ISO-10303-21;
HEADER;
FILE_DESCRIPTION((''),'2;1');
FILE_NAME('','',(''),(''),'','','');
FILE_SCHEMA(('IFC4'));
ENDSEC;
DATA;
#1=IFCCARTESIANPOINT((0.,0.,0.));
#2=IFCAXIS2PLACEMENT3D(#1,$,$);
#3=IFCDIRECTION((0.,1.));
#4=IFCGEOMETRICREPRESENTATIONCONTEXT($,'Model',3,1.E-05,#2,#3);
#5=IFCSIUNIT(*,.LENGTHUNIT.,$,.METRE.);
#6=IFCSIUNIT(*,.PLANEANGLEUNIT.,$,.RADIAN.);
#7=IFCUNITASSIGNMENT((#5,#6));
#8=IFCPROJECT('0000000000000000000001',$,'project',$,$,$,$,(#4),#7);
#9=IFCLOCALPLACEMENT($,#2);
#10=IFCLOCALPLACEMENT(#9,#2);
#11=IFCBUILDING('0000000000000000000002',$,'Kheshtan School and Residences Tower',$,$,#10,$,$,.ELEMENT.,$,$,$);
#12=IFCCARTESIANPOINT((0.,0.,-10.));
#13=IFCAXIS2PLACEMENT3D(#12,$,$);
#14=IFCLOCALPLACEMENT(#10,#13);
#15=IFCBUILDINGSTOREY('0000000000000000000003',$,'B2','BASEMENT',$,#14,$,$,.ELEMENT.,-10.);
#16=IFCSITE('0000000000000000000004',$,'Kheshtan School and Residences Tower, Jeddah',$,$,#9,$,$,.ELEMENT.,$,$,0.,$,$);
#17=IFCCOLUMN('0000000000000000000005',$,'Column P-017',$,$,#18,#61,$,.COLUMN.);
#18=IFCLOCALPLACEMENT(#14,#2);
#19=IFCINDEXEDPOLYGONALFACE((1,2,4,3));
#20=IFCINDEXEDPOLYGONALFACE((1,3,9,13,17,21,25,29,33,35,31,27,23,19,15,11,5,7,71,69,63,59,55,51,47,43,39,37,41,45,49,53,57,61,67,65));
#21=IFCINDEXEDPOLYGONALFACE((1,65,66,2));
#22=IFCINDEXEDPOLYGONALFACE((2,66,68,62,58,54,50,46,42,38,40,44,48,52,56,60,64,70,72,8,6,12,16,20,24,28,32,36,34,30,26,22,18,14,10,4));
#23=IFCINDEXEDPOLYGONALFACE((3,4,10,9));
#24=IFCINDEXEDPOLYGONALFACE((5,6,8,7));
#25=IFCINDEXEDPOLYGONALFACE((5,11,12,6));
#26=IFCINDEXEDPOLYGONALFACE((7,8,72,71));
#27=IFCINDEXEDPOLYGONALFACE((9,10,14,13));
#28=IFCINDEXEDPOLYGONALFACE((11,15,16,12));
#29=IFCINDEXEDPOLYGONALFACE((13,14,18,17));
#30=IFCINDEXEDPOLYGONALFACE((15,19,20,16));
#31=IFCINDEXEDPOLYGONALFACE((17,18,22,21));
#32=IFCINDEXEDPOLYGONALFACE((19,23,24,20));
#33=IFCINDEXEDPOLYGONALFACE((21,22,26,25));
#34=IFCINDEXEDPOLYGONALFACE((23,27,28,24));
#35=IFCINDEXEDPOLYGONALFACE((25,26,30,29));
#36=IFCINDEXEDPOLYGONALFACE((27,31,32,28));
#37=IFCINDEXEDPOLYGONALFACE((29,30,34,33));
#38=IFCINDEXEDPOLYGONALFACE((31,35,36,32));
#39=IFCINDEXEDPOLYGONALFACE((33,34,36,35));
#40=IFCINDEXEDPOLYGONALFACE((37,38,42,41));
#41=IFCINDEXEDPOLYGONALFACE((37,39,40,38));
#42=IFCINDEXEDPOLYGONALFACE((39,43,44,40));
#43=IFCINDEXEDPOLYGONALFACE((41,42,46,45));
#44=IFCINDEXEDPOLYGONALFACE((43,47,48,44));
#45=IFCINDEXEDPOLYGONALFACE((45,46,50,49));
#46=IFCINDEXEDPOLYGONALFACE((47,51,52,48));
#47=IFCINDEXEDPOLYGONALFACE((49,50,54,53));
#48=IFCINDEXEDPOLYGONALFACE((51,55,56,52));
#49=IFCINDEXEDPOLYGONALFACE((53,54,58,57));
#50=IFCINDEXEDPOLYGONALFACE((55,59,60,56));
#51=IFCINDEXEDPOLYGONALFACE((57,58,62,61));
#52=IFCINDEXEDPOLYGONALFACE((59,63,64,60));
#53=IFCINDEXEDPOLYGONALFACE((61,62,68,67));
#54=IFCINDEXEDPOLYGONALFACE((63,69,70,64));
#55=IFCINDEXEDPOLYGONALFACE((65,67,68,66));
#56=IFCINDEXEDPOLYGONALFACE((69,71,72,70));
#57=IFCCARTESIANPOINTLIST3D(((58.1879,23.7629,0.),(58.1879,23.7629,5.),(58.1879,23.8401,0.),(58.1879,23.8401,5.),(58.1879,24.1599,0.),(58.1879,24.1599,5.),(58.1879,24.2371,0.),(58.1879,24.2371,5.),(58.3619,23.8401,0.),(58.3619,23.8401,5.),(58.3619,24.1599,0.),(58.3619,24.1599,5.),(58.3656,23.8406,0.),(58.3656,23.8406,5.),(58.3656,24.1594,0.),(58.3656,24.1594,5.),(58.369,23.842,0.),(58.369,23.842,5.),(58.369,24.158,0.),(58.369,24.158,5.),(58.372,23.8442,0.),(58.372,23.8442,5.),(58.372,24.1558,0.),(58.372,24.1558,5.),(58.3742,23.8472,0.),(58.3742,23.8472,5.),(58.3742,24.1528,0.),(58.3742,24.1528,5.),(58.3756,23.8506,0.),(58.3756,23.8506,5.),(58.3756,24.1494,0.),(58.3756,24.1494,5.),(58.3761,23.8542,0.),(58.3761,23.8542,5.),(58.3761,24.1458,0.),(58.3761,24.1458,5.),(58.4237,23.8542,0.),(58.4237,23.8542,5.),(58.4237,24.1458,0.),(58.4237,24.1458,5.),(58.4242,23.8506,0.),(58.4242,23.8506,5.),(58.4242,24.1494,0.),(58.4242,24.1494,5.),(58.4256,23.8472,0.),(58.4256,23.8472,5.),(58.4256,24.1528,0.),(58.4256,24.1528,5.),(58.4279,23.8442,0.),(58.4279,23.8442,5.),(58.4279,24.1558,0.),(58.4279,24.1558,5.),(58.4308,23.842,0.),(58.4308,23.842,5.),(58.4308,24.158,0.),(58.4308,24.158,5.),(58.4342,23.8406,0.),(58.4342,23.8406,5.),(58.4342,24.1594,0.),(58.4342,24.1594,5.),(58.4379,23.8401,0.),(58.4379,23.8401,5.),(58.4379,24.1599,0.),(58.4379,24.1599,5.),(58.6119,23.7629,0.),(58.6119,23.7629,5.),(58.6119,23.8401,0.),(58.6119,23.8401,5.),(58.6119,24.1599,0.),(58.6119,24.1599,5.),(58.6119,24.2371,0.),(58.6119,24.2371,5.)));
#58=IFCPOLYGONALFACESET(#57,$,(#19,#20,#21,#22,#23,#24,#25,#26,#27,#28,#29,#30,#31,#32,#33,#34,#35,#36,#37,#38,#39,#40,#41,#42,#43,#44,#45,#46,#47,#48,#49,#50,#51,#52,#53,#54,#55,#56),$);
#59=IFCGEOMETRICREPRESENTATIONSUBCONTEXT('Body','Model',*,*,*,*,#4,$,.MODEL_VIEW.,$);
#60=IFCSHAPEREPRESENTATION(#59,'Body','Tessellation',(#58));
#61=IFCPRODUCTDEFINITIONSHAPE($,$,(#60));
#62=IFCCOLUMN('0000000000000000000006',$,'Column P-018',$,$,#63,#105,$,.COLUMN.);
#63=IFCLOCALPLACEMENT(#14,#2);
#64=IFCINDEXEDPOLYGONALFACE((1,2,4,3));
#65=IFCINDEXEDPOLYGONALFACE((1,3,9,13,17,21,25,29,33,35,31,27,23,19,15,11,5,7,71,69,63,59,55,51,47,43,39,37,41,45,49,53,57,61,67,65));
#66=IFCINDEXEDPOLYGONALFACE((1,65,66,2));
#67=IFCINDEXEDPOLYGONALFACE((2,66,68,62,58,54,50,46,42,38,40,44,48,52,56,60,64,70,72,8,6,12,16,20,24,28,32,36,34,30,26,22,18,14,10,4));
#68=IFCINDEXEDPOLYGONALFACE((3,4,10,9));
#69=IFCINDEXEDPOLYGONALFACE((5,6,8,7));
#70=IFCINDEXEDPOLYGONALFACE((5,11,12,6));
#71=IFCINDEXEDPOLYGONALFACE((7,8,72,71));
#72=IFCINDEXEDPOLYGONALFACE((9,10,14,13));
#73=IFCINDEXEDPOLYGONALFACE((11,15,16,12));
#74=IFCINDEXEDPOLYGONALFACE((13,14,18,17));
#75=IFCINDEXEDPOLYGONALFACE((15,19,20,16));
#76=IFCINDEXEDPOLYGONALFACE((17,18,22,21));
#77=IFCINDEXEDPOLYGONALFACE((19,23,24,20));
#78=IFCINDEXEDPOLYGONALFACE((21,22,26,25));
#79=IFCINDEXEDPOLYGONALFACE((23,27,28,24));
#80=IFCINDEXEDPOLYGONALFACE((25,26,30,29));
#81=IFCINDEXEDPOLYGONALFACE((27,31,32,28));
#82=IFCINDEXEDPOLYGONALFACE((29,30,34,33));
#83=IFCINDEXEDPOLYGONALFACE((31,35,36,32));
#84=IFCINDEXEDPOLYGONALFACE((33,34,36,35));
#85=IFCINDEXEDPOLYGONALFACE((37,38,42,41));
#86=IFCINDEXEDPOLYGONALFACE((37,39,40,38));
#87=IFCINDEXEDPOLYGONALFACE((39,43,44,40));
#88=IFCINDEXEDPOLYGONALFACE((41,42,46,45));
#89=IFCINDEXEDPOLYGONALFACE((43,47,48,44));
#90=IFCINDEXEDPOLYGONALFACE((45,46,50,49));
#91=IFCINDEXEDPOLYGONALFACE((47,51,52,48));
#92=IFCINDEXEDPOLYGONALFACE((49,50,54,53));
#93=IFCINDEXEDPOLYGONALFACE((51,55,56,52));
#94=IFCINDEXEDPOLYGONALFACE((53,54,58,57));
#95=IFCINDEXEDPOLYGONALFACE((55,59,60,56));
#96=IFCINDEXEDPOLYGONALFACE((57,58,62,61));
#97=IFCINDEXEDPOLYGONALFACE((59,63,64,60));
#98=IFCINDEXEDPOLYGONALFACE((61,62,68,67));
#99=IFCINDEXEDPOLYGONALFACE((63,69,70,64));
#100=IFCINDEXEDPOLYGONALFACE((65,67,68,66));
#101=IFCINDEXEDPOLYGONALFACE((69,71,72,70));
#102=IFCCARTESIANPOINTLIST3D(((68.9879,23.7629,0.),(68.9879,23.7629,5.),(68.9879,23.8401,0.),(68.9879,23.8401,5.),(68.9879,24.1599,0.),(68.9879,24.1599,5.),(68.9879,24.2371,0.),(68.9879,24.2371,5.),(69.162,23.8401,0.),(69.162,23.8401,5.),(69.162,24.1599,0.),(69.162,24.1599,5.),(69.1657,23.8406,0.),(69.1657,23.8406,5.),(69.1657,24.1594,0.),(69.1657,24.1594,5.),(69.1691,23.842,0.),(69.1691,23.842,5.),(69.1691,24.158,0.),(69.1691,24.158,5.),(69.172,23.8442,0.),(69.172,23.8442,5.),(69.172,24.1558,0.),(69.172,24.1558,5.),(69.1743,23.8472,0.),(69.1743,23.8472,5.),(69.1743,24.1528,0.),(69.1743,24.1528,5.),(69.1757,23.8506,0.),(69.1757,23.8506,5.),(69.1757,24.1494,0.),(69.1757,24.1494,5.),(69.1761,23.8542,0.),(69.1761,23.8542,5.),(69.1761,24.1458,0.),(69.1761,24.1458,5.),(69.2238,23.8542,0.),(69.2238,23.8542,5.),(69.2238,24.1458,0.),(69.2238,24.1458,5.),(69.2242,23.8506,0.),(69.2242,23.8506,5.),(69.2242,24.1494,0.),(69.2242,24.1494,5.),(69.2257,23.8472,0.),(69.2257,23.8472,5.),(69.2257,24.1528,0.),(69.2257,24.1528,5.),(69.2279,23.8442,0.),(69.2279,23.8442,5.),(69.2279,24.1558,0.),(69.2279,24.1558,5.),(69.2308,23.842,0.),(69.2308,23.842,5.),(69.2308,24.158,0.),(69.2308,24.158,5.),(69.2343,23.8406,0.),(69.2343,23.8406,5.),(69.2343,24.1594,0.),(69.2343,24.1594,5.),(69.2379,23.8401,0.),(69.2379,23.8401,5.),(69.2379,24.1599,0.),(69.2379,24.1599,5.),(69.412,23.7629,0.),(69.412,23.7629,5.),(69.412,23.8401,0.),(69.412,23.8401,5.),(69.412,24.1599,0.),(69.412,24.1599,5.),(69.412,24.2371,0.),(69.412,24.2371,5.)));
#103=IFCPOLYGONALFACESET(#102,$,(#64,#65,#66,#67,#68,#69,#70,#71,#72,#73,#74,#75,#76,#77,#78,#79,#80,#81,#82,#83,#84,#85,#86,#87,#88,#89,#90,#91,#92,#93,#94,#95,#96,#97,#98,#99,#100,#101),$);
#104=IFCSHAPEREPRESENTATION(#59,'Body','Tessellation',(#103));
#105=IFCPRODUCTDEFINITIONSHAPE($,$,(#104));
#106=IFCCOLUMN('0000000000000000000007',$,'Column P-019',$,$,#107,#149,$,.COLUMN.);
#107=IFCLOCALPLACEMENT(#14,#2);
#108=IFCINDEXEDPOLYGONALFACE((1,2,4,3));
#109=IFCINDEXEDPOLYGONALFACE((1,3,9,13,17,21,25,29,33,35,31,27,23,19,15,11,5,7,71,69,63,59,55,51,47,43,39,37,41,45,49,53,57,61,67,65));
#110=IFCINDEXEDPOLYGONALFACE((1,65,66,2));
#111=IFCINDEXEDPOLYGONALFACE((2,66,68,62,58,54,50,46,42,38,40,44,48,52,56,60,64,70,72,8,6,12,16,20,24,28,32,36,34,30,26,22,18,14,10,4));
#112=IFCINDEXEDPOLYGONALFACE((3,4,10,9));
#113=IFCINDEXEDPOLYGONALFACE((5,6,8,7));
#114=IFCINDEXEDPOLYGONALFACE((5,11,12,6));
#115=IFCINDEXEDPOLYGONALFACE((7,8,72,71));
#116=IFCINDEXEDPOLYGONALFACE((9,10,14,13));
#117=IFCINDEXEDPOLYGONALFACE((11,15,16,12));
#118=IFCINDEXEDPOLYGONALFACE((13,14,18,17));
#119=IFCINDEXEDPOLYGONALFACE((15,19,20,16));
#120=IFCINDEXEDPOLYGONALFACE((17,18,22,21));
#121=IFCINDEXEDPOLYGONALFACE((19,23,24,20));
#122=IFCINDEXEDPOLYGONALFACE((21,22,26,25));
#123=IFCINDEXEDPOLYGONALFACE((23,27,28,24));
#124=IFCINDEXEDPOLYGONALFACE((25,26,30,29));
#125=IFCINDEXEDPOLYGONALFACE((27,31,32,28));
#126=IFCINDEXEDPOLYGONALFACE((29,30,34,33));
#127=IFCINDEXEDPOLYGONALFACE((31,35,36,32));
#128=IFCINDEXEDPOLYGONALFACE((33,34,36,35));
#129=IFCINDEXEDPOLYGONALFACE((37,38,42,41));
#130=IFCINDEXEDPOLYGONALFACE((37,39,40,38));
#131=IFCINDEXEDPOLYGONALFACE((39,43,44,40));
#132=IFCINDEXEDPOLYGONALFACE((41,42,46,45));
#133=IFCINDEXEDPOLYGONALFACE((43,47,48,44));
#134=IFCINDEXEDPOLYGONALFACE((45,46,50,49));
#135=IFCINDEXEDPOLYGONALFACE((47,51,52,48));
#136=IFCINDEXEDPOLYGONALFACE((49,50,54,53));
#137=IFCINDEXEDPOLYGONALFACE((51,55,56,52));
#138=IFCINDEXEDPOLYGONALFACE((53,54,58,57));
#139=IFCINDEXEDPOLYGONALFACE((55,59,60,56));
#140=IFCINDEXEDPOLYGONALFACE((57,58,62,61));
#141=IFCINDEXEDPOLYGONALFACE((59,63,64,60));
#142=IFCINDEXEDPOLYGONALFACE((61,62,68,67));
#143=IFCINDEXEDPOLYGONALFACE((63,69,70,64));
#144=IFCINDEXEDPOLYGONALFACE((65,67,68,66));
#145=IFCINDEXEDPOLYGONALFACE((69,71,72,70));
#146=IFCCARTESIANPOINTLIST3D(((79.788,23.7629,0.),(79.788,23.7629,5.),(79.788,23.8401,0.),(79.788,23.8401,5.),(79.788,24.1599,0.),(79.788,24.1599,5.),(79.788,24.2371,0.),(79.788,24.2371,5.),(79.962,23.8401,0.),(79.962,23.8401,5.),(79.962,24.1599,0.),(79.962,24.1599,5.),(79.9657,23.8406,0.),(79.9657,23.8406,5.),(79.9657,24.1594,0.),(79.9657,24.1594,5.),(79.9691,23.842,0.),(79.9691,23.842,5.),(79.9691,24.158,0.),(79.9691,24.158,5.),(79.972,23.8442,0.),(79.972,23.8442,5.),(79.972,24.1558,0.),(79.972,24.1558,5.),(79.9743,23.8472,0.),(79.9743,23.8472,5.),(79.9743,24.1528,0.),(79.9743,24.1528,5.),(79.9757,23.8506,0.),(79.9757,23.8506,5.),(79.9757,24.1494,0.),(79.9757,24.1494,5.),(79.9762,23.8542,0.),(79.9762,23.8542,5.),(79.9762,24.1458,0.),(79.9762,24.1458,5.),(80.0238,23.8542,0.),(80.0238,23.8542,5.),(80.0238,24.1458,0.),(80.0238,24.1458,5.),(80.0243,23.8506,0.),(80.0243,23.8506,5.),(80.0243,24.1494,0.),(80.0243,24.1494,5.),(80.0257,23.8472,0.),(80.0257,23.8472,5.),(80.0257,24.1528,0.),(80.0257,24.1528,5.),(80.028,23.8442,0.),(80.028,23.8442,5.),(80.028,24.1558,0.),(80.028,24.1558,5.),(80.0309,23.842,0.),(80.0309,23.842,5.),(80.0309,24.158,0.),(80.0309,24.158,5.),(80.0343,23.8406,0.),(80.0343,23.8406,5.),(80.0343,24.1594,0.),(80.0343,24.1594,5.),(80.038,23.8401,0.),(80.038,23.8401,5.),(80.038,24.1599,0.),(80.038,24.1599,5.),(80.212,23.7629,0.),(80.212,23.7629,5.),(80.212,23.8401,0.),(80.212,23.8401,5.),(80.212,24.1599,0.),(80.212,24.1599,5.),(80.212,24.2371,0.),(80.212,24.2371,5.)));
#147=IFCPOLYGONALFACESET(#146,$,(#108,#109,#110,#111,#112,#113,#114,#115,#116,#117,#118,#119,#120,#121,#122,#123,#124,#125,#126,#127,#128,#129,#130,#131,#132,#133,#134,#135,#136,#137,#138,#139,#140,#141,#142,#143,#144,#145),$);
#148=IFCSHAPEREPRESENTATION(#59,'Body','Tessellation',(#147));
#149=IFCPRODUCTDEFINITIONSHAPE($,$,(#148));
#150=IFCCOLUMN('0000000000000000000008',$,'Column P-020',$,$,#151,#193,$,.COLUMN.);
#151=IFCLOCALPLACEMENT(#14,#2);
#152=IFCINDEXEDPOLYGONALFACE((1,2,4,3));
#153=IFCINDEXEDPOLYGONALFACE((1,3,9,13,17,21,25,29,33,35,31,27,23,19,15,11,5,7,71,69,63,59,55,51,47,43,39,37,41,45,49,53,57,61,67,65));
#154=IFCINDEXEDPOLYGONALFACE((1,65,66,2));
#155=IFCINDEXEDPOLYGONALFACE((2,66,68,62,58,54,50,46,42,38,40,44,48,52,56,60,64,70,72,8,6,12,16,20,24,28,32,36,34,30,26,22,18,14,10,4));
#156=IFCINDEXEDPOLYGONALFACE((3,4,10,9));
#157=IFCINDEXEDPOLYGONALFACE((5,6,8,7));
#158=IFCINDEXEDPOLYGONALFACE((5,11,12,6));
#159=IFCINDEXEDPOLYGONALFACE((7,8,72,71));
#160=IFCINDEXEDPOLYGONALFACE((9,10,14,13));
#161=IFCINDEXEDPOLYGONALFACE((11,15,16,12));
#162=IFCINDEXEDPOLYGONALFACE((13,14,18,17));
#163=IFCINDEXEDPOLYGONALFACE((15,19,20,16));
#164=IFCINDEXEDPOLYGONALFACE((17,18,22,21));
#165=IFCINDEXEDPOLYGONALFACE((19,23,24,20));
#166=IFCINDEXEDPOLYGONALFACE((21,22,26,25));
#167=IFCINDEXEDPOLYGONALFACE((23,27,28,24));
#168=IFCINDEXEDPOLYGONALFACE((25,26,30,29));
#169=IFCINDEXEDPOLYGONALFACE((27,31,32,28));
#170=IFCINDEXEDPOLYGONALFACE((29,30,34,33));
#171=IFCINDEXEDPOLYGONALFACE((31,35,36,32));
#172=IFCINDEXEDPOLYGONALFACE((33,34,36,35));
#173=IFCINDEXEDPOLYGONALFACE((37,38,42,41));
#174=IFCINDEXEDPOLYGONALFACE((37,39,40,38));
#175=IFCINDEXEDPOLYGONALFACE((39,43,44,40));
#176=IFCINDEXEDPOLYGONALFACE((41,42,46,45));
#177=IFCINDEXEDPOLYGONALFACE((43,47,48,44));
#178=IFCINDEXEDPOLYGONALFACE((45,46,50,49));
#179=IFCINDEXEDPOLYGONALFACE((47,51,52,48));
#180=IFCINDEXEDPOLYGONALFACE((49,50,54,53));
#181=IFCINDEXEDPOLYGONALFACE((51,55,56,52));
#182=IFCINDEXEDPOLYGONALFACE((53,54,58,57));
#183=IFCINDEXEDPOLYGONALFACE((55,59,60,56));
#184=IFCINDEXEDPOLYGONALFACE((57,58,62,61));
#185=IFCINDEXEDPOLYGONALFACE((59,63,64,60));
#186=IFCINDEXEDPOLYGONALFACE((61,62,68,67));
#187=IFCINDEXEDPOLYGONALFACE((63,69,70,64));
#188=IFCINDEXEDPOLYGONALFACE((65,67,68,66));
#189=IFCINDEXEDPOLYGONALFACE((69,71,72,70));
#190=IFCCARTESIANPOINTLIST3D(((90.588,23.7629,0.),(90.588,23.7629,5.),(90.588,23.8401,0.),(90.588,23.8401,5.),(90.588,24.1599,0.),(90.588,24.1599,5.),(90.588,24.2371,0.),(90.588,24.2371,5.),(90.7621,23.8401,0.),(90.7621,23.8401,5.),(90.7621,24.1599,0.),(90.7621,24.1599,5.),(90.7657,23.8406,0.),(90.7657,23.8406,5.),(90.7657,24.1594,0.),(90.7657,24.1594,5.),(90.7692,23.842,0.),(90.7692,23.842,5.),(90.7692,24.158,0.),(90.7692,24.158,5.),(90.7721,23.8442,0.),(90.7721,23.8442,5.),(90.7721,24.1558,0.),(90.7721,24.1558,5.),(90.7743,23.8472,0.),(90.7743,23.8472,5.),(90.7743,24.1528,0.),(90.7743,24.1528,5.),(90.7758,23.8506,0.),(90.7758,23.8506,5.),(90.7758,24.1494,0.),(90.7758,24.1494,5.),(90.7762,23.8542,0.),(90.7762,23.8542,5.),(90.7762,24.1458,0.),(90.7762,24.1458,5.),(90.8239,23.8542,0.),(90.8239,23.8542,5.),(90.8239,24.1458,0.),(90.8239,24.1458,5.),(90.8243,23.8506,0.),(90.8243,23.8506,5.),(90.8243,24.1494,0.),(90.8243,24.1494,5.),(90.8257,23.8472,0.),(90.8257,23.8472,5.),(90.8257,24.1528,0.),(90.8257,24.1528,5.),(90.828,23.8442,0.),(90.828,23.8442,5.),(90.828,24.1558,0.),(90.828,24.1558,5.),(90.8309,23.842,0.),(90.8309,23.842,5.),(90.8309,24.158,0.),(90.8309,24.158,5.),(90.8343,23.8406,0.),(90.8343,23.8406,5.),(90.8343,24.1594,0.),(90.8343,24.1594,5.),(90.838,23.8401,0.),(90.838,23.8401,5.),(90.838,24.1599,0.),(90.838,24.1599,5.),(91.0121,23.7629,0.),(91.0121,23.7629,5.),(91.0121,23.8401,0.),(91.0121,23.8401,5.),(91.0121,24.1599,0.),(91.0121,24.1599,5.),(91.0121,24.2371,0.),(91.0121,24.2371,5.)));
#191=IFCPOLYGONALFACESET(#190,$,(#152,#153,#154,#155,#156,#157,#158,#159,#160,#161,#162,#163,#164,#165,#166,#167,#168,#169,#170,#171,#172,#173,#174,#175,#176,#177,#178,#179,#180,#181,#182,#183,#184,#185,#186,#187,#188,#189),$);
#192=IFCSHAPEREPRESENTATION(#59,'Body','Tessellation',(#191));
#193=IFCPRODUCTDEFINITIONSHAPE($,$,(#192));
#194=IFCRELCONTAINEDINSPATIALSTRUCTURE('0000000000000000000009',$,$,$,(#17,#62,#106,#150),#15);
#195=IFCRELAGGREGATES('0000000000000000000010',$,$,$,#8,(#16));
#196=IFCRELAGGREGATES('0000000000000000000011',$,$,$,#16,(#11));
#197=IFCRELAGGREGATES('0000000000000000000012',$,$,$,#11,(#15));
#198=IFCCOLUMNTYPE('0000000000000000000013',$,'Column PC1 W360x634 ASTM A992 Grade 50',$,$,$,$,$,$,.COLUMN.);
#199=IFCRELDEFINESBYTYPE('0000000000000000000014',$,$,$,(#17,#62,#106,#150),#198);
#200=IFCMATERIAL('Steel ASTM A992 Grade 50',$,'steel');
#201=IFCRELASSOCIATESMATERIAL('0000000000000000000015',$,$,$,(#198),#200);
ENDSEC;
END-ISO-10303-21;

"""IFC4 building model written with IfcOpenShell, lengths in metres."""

from ifc_helpers import new_model, si_unit, direction, frame, origin, origin_2d, place, context, subcontext, project, spatial, i_section, extrude, material, material_profile, profile_set, type_object, element, save


model = new_model("IFC4")

# Units and contexts
model_context = context("Model", 3, precision=1e-05, world=origin(), true_north=direction((0.0, 1.0)))
body_context = subcontext(model_context, "Body", "Model", "MODEL_VIEW")
ifc_project = project(units=[si_unit("LENGTHUNIT", "METRE"), si_unit("PLANEANGLEUNIT", "RADIAN")], contexts=[model_context])

# Site, building, storey
site_placement = place(None, origin())
site = spatial("IfcSite", under=ifc_project, at=site_placement, Name="Kheshtan School and Residences Tower, Jeddah", CompositionType="ELEMENT", RefElevation=0.0)
building_placement = place(site_placement, origin())
building = spatial("IfcBuilding", under=site, at=building_placement, Name="Kheshtan School and Residences Tower", CompositionType="ELEMENT")
storey_placement = place(building_placement, frame((0.0, 0.0, -10.0)))
storey = spatial("IfcBuildingStorey", under=building, at=storey_placement, Name="B2", Description="BASEMENT", CompositionType="ELEMENT", Elevation=-10.0)

# Columns
ifc_material = material(Name="Steel ASTM A992 Grade 50", Category="steel")
ifc_material_profile = material_profile(ifc_material, i_section(OverallWidth=0.4241, OverallDepth=0.4741, WebThickness=0.0476, FlangeThickness=0.0771, FilletRadius=0.0142, at=origin_2d()), Name="W360x634")
ifc_profile_set = profile_set([ifc_material_profile], Name="Steel ASTM A992 Grade 50")
column_type = type_object("IfcColumnType", Name="Column PC1 W360x634 ASTM A992 Grade 50", PredefinedType="COLUMN", material=ifc_profile_set)
for number, where, z_axis, x_axis, name in (
    (1, (58.3999, 24.0, 0.0), (0.0, 0.0, 1.0), (1.0, 0.0, 0.0), "Column P-017"),
    (2, (69.2, 24.0, 0.0), (0.0, 0.0, 1.0), (1.0, 0.0, 0.0), "Column P-018"),
    (3, (80.0, 24.0, 0.0), (0.0, 0.0, 1.0), (1.0, 0.0, 0.0), "Column P-019"),
    (4, (90.8, 24.0, 0.0), (0.0, 0.0, 1.0), (1.0, 0.0, 0.0), "Column P-020"),
):
    element("IfcColumn", number, at=place(storey_placement, frame(where, z_axis=z_axis, x_axis=x_axis)), inside=storey, type_object=column_type, Name=name, PredefinedType="COLUMN", context=body_context, shape_type="SweptSolid", body=[
        extrude(i_section(OverallWidth=0.4241, OverallDepth=0.4741, WebThickness=0.0476, FlangeThickness=0.0771, FilletRadius=0.0142, at=origin_2d()), origin(), (0.0, 0.0, 1.0), 5.0),
    ])

save(model, "model.ifc")
